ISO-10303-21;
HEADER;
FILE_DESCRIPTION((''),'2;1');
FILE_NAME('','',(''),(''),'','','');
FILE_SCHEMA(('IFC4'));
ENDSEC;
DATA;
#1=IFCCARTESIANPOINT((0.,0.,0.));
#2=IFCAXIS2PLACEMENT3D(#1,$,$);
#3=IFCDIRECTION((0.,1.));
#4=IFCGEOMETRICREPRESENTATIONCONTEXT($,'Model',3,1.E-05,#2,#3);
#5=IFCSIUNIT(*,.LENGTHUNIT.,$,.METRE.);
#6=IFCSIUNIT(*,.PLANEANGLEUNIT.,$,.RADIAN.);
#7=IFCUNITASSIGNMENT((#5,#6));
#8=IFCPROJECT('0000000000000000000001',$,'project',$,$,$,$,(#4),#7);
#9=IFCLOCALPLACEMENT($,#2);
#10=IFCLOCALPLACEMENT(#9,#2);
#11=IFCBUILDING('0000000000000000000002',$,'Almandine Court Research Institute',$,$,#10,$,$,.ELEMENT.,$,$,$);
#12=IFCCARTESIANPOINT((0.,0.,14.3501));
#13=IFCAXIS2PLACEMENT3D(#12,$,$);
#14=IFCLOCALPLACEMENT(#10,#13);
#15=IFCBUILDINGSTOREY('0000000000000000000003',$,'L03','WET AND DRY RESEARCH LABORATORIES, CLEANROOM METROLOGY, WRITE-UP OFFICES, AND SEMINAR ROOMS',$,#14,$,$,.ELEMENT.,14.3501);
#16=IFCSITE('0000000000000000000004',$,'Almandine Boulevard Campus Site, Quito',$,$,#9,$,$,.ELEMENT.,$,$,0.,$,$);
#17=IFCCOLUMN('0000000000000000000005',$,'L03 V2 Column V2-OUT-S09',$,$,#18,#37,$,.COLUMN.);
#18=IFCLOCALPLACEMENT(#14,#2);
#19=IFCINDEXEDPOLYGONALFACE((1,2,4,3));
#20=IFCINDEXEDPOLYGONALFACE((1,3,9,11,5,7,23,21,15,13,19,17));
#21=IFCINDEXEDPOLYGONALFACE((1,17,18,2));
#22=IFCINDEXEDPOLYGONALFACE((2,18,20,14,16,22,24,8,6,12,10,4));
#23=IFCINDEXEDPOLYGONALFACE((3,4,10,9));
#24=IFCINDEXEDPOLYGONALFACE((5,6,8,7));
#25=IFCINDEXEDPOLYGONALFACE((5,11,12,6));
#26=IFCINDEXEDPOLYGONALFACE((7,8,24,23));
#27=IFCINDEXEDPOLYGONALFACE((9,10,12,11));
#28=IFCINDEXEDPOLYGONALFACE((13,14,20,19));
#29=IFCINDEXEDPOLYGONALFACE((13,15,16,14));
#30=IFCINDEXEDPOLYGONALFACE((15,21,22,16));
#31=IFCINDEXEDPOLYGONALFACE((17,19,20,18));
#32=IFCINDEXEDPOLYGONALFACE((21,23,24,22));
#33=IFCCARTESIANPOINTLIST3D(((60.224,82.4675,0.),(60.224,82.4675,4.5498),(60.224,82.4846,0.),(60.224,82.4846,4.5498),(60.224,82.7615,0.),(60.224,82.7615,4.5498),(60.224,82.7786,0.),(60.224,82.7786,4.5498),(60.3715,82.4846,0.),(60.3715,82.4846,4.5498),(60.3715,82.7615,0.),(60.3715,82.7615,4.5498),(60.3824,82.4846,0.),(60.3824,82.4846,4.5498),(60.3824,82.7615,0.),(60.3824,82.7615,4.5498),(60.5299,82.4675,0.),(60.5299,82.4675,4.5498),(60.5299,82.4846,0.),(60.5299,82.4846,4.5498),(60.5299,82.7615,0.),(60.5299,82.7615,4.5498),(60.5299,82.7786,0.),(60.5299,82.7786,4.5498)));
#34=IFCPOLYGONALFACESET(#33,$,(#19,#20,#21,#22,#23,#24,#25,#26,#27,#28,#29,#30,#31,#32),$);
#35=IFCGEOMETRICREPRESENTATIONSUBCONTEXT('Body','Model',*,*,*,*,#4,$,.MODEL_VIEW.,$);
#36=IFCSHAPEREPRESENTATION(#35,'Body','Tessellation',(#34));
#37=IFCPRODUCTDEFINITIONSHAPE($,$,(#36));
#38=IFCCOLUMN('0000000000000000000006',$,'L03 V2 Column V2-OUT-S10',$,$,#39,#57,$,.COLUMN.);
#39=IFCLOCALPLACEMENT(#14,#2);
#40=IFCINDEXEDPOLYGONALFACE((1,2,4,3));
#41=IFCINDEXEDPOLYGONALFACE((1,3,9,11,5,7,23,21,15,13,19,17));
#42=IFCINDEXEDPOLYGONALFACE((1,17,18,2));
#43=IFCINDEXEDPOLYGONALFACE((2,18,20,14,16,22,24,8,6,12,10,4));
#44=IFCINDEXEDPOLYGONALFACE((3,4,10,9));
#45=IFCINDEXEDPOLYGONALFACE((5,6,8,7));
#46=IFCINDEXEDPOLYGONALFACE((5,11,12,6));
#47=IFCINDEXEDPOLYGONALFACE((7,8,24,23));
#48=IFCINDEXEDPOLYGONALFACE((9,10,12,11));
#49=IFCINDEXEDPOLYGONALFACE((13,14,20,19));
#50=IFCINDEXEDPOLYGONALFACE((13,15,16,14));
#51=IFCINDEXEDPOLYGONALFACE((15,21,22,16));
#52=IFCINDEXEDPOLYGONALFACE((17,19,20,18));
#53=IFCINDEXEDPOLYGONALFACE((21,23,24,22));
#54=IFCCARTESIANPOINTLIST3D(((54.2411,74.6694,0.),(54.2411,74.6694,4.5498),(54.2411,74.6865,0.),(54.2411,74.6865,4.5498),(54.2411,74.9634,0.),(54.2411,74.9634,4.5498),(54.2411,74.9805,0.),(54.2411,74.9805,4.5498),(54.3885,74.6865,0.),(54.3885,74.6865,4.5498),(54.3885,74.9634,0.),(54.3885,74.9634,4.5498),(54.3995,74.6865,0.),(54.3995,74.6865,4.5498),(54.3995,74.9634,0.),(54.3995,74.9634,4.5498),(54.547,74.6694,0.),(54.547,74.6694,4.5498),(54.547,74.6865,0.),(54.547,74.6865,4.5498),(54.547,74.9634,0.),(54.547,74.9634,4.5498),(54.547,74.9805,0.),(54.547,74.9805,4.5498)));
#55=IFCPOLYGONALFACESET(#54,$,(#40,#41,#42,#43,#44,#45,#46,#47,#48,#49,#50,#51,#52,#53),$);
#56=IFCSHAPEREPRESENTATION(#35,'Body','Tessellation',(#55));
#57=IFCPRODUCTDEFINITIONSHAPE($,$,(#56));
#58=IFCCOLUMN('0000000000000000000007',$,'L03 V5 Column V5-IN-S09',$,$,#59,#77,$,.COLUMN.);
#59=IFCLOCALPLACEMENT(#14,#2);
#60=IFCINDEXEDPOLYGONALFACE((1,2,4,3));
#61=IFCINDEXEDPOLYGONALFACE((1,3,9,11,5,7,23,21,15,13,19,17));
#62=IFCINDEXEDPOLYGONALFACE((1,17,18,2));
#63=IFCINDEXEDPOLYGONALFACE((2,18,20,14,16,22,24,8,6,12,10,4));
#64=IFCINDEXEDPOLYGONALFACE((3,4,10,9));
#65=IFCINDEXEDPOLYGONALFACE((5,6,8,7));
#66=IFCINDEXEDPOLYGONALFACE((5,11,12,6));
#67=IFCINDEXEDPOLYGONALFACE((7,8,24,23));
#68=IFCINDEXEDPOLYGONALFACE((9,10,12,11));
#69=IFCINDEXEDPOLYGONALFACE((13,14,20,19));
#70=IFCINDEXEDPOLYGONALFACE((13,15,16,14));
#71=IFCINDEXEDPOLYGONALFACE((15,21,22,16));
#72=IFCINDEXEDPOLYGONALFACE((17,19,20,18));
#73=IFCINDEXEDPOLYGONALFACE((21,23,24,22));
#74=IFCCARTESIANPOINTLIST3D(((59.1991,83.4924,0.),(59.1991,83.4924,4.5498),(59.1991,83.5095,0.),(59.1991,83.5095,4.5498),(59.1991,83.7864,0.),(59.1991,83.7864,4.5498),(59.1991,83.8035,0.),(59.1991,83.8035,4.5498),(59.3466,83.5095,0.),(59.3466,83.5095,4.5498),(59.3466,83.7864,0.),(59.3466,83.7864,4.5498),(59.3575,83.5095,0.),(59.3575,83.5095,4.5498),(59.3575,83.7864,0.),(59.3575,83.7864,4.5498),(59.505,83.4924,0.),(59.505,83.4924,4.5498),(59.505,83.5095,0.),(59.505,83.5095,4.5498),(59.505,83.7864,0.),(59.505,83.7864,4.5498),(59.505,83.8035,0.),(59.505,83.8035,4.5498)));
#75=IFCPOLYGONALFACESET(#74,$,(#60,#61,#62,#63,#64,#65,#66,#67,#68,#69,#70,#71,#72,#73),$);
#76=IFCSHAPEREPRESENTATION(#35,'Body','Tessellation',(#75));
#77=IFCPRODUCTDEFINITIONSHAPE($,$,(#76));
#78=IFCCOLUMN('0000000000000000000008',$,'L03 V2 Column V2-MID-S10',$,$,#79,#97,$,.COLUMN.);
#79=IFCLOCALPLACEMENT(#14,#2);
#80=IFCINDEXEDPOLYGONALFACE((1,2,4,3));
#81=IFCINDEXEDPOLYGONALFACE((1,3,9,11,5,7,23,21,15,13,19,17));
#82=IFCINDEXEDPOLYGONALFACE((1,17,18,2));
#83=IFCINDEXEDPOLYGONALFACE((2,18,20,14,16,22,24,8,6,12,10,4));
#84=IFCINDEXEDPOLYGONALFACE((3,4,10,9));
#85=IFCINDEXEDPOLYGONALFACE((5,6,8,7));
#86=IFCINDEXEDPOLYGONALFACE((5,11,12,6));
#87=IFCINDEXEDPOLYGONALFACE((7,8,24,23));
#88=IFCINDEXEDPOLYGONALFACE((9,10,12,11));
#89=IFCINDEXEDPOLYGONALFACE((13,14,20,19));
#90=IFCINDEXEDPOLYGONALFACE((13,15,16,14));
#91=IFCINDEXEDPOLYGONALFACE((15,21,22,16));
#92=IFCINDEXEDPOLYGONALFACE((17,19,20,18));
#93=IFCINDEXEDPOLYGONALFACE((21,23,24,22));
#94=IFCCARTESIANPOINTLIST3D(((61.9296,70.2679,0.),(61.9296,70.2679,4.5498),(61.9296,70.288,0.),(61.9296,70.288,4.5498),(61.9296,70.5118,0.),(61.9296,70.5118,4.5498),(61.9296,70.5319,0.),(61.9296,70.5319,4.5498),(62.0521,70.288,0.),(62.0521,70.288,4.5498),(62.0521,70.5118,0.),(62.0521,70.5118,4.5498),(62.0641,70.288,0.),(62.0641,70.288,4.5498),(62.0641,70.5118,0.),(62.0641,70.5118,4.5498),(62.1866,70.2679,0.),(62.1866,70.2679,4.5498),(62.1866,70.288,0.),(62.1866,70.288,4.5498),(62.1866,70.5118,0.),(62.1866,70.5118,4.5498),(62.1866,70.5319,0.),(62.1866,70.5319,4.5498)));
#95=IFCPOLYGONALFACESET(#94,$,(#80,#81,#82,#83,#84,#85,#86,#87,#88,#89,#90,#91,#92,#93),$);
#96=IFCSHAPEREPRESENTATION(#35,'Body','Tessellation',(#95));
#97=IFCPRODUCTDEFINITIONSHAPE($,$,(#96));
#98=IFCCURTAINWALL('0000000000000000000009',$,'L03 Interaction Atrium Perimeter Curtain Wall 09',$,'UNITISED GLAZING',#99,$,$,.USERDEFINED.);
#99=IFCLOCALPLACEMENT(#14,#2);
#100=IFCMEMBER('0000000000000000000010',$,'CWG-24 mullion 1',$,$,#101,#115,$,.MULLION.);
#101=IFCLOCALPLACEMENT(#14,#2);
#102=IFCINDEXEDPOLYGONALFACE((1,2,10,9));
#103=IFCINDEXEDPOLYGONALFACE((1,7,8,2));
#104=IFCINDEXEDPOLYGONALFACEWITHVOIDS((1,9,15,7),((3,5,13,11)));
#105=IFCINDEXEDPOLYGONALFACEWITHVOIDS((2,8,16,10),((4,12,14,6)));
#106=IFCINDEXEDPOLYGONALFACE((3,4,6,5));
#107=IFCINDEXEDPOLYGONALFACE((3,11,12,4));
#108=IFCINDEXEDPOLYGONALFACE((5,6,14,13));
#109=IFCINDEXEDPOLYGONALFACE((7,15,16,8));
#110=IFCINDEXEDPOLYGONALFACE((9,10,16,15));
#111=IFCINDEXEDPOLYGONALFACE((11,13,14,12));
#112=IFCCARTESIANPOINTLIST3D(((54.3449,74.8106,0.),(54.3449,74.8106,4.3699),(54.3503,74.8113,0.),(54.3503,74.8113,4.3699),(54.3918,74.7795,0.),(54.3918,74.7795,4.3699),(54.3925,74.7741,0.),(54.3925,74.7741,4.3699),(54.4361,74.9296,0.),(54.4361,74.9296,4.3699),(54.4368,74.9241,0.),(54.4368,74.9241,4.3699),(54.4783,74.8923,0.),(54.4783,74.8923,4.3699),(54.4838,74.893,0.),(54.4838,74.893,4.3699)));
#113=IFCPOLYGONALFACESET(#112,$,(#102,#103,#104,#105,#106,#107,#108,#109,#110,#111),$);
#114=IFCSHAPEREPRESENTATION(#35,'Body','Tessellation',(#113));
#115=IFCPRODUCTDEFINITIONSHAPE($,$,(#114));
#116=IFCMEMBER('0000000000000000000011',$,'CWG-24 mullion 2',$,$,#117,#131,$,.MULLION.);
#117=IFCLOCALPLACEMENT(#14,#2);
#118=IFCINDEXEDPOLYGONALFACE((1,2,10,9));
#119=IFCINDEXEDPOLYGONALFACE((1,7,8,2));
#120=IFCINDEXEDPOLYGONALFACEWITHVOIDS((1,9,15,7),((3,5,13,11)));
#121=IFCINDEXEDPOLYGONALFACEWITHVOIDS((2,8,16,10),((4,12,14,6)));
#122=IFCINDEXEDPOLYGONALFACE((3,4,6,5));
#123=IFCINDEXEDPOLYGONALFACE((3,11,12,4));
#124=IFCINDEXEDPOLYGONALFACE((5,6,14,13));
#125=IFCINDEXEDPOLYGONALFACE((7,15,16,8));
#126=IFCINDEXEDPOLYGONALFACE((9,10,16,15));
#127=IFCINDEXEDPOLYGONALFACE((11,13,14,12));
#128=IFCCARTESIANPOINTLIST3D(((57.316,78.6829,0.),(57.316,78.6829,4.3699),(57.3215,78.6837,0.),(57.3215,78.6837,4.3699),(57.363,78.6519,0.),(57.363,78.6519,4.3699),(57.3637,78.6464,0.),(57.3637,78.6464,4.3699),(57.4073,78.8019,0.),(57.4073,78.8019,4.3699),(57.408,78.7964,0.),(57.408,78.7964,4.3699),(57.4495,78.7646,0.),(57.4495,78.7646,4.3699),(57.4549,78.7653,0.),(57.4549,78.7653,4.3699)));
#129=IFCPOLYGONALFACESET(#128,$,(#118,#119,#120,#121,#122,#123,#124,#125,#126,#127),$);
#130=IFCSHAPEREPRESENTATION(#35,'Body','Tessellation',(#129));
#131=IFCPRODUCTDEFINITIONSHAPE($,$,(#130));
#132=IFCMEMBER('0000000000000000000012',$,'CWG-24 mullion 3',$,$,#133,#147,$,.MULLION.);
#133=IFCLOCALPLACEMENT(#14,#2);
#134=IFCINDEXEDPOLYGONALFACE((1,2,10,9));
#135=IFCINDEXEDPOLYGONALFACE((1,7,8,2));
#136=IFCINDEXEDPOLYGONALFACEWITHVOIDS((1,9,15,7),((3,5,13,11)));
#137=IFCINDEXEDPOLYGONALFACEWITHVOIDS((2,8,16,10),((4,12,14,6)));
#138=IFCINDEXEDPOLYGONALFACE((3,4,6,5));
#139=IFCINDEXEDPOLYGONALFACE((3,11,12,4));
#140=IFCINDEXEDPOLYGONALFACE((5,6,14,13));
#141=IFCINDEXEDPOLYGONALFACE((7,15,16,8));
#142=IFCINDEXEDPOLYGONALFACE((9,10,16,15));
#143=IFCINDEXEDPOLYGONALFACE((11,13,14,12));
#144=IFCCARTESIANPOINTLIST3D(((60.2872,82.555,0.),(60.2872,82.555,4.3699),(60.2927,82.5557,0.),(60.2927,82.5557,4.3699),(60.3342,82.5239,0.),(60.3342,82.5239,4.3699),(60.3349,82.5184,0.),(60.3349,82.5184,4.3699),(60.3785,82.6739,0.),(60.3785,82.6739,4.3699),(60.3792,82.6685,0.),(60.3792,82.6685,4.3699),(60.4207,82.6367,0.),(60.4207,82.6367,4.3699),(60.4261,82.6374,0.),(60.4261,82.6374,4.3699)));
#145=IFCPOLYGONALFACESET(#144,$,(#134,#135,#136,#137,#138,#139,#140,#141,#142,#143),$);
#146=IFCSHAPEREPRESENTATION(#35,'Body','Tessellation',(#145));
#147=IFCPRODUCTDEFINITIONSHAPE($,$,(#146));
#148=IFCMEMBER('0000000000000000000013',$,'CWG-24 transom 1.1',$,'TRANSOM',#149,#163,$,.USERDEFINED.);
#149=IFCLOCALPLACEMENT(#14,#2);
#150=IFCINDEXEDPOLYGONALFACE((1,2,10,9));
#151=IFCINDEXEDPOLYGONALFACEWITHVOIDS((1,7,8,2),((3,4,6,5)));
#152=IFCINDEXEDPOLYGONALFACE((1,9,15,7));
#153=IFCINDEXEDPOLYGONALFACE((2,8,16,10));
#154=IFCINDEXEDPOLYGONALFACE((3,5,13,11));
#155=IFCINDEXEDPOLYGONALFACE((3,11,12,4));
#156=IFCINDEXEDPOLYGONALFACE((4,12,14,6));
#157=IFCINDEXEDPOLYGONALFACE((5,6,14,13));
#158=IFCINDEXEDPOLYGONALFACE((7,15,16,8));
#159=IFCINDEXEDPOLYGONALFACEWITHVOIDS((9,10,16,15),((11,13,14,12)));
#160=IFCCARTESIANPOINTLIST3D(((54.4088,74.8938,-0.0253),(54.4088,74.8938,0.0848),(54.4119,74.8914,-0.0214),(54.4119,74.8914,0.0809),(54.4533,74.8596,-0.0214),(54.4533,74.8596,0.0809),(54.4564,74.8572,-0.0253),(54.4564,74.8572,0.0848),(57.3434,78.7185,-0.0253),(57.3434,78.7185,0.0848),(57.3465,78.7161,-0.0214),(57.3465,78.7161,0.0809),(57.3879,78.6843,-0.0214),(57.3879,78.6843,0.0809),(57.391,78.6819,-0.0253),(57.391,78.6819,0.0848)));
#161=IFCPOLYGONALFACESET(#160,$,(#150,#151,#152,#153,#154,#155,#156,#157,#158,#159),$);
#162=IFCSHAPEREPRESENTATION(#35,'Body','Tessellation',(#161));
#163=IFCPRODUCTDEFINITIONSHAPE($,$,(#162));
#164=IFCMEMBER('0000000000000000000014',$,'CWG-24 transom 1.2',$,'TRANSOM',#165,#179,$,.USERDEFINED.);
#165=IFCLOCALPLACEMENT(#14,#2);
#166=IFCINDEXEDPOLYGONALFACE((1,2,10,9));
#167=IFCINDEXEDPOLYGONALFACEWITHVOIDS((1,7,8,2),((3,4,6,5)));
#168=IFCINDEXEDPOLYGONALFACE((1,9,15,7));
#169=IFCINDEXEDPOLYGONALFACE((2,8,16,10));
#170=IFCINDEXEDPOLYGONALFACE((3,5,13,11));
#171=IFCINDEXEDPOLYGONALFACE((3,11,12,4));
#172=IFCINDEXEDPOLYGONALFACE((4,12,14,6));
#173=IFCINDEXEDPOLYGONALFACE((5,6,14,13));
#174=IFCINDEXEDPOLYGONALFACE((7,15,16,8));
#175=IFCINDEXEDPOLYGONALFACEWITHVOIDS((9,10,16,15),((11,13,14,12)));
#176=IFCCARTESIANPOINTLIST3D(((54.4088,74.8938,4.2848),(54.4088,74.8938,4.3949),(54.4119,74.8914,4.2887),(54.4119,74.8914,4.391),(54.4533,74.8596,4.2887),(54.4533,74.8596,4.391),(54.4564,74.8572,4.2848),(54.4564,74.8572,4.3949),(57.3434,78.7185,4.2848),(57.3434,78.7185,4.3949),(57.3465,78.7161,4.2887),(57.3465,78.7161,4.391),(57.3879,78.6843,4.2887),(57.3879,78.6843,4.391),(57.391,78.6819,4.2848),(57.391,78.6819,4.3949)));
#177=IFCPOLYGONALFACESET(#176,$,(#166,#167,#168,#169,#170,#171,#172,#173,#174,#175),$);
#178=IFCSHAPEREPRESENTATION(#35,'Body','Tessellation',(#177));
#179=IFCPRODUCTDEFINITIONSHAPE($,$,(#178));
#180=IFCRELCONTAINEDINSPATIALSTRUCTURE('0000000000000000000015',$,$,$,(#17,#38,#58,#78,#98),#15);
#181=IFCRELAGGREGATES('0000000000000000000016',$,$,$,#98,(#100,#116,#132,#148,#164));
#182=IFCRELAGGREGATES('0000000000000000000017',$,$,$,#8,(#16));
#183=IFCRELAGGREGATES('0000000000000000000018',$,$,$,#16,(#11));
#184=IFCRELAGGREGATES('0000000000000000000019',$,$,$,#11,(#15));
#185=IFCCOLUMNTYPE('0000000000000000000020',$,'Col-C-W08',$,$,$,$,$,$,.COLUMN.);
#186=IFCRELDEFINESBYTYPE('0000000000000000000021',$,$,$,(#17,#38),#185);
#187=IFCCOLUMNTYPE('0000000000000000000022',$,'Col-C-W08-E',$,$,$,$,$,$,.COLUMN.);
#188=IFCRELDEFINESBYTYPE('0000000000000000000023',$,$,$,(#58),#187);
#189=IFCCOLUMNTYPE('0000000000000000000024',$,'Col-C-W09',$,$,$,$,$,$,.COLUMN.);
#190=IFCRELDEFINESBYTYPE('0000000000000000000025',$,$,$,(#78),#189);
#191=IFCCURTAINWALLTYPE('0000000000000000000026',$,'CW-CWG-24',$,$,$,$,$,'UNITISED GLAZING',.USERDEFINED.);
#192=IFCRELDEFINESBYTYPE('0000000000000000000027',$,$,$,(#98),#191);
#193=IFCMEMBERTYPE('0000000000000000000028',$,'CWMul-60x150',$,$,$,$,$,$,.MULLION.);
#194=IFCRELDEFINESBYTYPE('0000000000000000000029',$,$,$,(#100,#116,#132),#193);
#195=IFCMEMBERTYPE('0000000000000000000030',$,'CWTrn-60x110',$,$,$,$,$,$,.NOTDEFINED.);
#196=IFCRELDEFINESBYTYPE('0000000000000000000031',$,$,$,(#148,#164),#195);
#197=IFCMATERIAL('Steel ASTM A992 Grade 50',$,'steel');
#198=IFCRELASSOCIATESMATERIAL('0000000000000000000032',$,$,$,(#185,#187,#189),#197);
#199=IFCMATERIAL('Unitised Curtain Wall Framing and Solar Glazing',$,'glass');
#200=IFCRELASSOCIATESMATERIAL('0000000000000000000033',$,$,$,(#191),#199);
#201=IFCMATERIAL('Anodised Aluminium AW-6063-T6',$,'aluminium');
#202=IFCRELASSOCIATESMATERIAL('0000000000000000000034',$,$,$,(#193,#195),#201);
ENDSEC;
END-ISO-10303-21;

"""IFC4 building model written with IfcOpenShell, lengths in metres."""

from ifc_helpers import new_model, si_unit, direction, frame, origin, origin_2d, place, context, subcontext, project, spatial, hollow_rectangle, i_section, extrude, material, material_profile, profile_set, type_object, element, aggregate, save


model = new_model("IFC4")

# Units and contexts
model_context = context("Model", 3, precision=1e-05, world=origin(), true_north=direction((0.0, 1.0)))
body_context = subcontext(model_context, "Body", "Model", "MODEL_VIEW")
ifc_project = project(units=[si_unit("LENGTHUNIT", "METRE"), si_unit("PLANEANGLEUNIT", "RADIAN")], contexts=[model_context])

# Site, building, storey
site_placement = place(None, origin())
site = spatial("IfcSite", under=ifc_project, at=site_placement, Name="Almandine Boulevard Campus Site, Quito", CompositionType="ELEMENT", RefElevation=0.0)
building_placement = place(site_placement, origin())
building = spatial("IfcBuilding", under=site, at=building_placement, Name="Almandine Court Research Institute", CompositionType="ELEMENT")
storey_placement = place(building_placement, frame((0.0, 0.0, 14.3501)))
storey = spatial("IfcBuildingStorey", under=building, at=storey_placement, Name="L03", Description="WET AND DRY RESEARCH LABORATORIES, CLEANROOM METROLOGY, WRITE-UP OFFICES, AND SEMINAR ROOMS", CompositionType="ELEMENT", Elevation=14.3501)

# Columns
ifc_material_1 = material(Name="Steel ASTM A992 Grade 50", Category="steel")
ifc_material_profile_1 = material_profile(ifc_material_1, i_section(OverallWidth=0.3059, OverallDepth=0.311, WebThickness=0.011, FlangeThickness=0.0171, at=origin_2d()), Name="W310x107")
ifc_profile_set_1 = profile_set([ifc_material_profile_1], Name="Steel ASTM A992 Grade 50")
column_type_1 = type_object("IfcColumnType", Name="Col-C-W08", PredefinedType="COLUMN", material=ifc_profile_set_1)
for number, where, z_axis, x_axis, name in (
    (1, (60.377, 82.623, 0.0), (0.0, 0.0, 1.0), (1.0, 0.0, 0.0), "L03 V2 Column V2-OUT-S09"),
    (2, (54.394, 74.825, 0.0), (0.0, 0.0, 1.0), (1.0, 0.0, 0.0), "L03 V2 Column V2-OUT-S10"),
):
    element("IfcColumn", number, at=place(storey_placement, frame(where, z_axis=z_axis, x_axis=x_axis)), inside=storey, type_object=column_type_1, Name=name, PredefinedType="COLUMN", context=body_context, shape_type="SweptSolid", body=[
        extrude(i_section(OverallWidth=0.3059, OverallDepth=0.311, WebThickness=0.011, FlangeThickness=0.0171, at=origin_2d()), origin(), (0.0, 0.0, 1.0), 4.5498),
    ])
ifc_material_profile_2 = material_profile(ifc_material_1, i_section(OverallWidth=0.3059, OverallDepth=0.311, WebThickness=0.011, FlangeThickness=0.0171, at=origin_2d()), Name="W310x107")
ifc_profile_set_2 = profile_set([ifc_material_profile_2], Name="Steel ASTM A992 Grade 50")
column_type_2 = type_object("IfcColumnType", Name="Col-C-W08-E", PredefinedType="COLUMN", material=ifc_profile_set_2)
column_1_placement = place(storey_placement, frame((59.3521, 83.6479, 0.0), z_axis=(0.0, 0.0, 1.0), x_axis=(1.0, 0.0, 0.0)))
element("IfcColumn", 3, at=column_1_placement, inside=storey, type_object=column_type_2, Name="L03 V5 Column V5-IN-S09", PredefinedType="COLUMN", context=body_context, shape_type="SweptSolid", body=[
    extrude(i_section(OverallWidth=0.3059, OverallDepth=0.311, WebThickness=0.011, FlangeThickness=0.0171, at=origin_2d()), origin(), (0.0, 0.0, 1.0), 4.5498),
])
ifc_material_profile_3 = material_profile(ifc_material_1, i_section(OverallWidth=0.2571, OverallDepth=0.2639, WebThickness=0.012, FlangeThickness=0.02, at=origin_2d()), Name="W250x101")
ifc_profile_set_3 = profile_set([ifc_material_profile_3], Name="Steel ASTM A992 Grade 50")
column_type_3 = type_object("IfcColumnType", Name="Col-C-W09", PredefinedType="COLUMN", material=ifc_profile_set_3)
column_2_placement = place(storey_placement, frame((62.0581, 70.3999, 0.0), z_axis=(0.0, 0.0, 1.0), x_axis=(1.0, 0.0, 0.0)))
element("IfcColumn", 4, at=column_2_placement, inside=storey, type_object=column_type_3, Name="L03 V2 Column V2-MID-S10", PredefinedType="COLUMN", context=body_context, shape_type="SweptSolid", body=[
    extrude(i_section(OverallWidth=0.2571, OverallDepth=0.2639, WebThickness=0.012, FlangeThickness=0.02, at=origin_2d()), origin(), (0.0, 0.0, 1.0), 4.5498),
])

# Curtain wall, members
ifc_material_2 = material(Name="Unitised Curtain Wall Framing and Solar Glazing", Category="glass")
curtain_wall_type = type_object("IfcCurtainWallType", Name="CW-CWG-24", ElementType="UNITISED GLAZING", PredefinedType="USERDEFINED", material=ifc_material_2)
curtain_wall_placement = place(storey_placement, origin())
curtain_wall = element("IfcCurtainWall", 5, at=curtain_wall_placement, inside=storey, type_object=curtain_wall_type, Name="L03 Interaction Atrium Perimeter Curtain Wall 09", ObjectType="UNITISED GLAZING", PredefinedType="USERDEFINED")
ifc_material_3 = material(Name="Anodised Aluminium AW-6063-T6", Category="aluminium")
ifc_material_profile_4 = material_profile(ifc_material_3, hollow_rectangle(XDim=0.0601, YDim=0.1499, WallThickness=0.0039, at=origin_2d()), Name="ALU RHS 60x150x4")
ifc_profile_set_4 = profile_set([ifc_material_profile_4], Name="Anodised Aluminium AW-6063-T6")
member_type_1 = type_object("IfcMemberType", Name="CWMul-60x150", PredefinedType="MULLION", material=ifc_profile_set_4)
member_1_placement = place(storey_placement, frame((54.4143, 74.8518, 0.0), z_axis=(0.0, 0.0, 1.0), x_axis=(-0.793354, 0.608761, 0.0)))
member_1 = element("IfcMember", 6, at=member_1_placement, type_object=member_type_1, Name="CWG-24 mullion 1", PredefinedType="MULLION", context=body_context, shape_type="SweptSolid", body=[
    extrude(hollow_rectangle(XDim=0.0601, YDim=0.1499, WallThickness=0.0039, at=origin_2d()), origin(), (0.0, 0.0, 1.0), 4.3699),
])
member_2_placement = place(storey_placement, frame((57.3855, 78.7241, 0.0), z_axis=(0.0, 0.0, 1.0), x_axis=(-0.793354, 0.608761, 0.0)))
member_2 = element("IfcMember", 7, at=member_2_placement, type_object=member_type_1, Name="CWG-24 mullion 2", PredefinedType="MULLION", context=body_context, shape_type="SweptSolid", body=[
    extrude(hollow_rectangle(XDim=0.0601, YDim=0.1499, WallThickness=0.0039, at=origin_2d()), origin(), (0.0, 0.0, 1.0), 4.3699),
])
member_3_placement = place(storey_placement, frame((60.3567, 82.5962, 0.0), z_axis=(0.0, 0.0, 1.0), x_axis=(-0.793354, 0.608761, 0.0)))
member_3 = element("IfcMember", 8, at=member_3_placement, type_object=member_type_1, Name="CWG-24 mullion 3", PredefinedType="MULLION", context=body_context, shape_type="SweptSolid", body=[
    extrude(hollow_rectangle(XDim=0.0601, YDim=0.1499, WallThickness=0.0039, at=origin_2d()), origin(), (0.0, 0.0, 1.0), 4.3699),
])
ifc_material_profile_5 = material_profile(ifc_material_3, hollow_rectangle(XDim=0.0601, YDim=0.1101, WallThickness=0.0039, at=origin_2d()), Name="ALU RHS 60x110x4")
ifc_profile_set_5 = profile_set([ifc_material_profile_5], Name="Anodised Aluminium AW-6063-T6")
member_type_2 = type_object("IfcMemberType", Name="CWTrn-60x110", PredefinedType="NOTDEFINED", material=ifc_profile_set_5)
member_4_placement = place(storey_placement, frame((54.4326, 74.8755, 0.0298), z_axis=(0.608731, 0.793376, 0.0), x_axis=(-0.793376, 0.608731, 0.0)))
member_4 = element("IfcMember", 9, at=member_4_placement, type_object=member_type_2, Name="CWG-24 transom 1.1", ObjectType="TRANSOM", PredefinedType="USERDEFINED", context=body_context, shape_type="SweptSolid", body=[
    extrude(hollow_rectangle(XDim=0.0601, YDim=0.1101, WallThickness=0.0039, at=origin_2d()), origin(), (0.0, 0.0, 1.0), 4.8208),
])
member_5_placement = place(storey_placement, frame((54.4326, 74.8755, 4.3398), z_axis=(0.608731, 0.793376, 0.0), x_axis=(-0.793376, 0.608731, 0.0)))
member_5 = element("IfcMember", 10, at=member_5_placement, type_object=member_type_2, Name="CWG-24 transom 1.2", ObjectType="TRANSOM", PredefinedType="USERDEFINED", context=body_context, shape_type="SweptSolid", body=[
    extrude(hollow_rectangle(XDim=0.0601, YDim=0.1101, WallThickness=0.0039, at=origin_2d()), origin(), (0.0, 0.0, 1.0), 4.8208),
])
aggregate(curtain_wall, [member_1, member_2, member_3, member_4, member_5])

save(model, "model.ifc")
